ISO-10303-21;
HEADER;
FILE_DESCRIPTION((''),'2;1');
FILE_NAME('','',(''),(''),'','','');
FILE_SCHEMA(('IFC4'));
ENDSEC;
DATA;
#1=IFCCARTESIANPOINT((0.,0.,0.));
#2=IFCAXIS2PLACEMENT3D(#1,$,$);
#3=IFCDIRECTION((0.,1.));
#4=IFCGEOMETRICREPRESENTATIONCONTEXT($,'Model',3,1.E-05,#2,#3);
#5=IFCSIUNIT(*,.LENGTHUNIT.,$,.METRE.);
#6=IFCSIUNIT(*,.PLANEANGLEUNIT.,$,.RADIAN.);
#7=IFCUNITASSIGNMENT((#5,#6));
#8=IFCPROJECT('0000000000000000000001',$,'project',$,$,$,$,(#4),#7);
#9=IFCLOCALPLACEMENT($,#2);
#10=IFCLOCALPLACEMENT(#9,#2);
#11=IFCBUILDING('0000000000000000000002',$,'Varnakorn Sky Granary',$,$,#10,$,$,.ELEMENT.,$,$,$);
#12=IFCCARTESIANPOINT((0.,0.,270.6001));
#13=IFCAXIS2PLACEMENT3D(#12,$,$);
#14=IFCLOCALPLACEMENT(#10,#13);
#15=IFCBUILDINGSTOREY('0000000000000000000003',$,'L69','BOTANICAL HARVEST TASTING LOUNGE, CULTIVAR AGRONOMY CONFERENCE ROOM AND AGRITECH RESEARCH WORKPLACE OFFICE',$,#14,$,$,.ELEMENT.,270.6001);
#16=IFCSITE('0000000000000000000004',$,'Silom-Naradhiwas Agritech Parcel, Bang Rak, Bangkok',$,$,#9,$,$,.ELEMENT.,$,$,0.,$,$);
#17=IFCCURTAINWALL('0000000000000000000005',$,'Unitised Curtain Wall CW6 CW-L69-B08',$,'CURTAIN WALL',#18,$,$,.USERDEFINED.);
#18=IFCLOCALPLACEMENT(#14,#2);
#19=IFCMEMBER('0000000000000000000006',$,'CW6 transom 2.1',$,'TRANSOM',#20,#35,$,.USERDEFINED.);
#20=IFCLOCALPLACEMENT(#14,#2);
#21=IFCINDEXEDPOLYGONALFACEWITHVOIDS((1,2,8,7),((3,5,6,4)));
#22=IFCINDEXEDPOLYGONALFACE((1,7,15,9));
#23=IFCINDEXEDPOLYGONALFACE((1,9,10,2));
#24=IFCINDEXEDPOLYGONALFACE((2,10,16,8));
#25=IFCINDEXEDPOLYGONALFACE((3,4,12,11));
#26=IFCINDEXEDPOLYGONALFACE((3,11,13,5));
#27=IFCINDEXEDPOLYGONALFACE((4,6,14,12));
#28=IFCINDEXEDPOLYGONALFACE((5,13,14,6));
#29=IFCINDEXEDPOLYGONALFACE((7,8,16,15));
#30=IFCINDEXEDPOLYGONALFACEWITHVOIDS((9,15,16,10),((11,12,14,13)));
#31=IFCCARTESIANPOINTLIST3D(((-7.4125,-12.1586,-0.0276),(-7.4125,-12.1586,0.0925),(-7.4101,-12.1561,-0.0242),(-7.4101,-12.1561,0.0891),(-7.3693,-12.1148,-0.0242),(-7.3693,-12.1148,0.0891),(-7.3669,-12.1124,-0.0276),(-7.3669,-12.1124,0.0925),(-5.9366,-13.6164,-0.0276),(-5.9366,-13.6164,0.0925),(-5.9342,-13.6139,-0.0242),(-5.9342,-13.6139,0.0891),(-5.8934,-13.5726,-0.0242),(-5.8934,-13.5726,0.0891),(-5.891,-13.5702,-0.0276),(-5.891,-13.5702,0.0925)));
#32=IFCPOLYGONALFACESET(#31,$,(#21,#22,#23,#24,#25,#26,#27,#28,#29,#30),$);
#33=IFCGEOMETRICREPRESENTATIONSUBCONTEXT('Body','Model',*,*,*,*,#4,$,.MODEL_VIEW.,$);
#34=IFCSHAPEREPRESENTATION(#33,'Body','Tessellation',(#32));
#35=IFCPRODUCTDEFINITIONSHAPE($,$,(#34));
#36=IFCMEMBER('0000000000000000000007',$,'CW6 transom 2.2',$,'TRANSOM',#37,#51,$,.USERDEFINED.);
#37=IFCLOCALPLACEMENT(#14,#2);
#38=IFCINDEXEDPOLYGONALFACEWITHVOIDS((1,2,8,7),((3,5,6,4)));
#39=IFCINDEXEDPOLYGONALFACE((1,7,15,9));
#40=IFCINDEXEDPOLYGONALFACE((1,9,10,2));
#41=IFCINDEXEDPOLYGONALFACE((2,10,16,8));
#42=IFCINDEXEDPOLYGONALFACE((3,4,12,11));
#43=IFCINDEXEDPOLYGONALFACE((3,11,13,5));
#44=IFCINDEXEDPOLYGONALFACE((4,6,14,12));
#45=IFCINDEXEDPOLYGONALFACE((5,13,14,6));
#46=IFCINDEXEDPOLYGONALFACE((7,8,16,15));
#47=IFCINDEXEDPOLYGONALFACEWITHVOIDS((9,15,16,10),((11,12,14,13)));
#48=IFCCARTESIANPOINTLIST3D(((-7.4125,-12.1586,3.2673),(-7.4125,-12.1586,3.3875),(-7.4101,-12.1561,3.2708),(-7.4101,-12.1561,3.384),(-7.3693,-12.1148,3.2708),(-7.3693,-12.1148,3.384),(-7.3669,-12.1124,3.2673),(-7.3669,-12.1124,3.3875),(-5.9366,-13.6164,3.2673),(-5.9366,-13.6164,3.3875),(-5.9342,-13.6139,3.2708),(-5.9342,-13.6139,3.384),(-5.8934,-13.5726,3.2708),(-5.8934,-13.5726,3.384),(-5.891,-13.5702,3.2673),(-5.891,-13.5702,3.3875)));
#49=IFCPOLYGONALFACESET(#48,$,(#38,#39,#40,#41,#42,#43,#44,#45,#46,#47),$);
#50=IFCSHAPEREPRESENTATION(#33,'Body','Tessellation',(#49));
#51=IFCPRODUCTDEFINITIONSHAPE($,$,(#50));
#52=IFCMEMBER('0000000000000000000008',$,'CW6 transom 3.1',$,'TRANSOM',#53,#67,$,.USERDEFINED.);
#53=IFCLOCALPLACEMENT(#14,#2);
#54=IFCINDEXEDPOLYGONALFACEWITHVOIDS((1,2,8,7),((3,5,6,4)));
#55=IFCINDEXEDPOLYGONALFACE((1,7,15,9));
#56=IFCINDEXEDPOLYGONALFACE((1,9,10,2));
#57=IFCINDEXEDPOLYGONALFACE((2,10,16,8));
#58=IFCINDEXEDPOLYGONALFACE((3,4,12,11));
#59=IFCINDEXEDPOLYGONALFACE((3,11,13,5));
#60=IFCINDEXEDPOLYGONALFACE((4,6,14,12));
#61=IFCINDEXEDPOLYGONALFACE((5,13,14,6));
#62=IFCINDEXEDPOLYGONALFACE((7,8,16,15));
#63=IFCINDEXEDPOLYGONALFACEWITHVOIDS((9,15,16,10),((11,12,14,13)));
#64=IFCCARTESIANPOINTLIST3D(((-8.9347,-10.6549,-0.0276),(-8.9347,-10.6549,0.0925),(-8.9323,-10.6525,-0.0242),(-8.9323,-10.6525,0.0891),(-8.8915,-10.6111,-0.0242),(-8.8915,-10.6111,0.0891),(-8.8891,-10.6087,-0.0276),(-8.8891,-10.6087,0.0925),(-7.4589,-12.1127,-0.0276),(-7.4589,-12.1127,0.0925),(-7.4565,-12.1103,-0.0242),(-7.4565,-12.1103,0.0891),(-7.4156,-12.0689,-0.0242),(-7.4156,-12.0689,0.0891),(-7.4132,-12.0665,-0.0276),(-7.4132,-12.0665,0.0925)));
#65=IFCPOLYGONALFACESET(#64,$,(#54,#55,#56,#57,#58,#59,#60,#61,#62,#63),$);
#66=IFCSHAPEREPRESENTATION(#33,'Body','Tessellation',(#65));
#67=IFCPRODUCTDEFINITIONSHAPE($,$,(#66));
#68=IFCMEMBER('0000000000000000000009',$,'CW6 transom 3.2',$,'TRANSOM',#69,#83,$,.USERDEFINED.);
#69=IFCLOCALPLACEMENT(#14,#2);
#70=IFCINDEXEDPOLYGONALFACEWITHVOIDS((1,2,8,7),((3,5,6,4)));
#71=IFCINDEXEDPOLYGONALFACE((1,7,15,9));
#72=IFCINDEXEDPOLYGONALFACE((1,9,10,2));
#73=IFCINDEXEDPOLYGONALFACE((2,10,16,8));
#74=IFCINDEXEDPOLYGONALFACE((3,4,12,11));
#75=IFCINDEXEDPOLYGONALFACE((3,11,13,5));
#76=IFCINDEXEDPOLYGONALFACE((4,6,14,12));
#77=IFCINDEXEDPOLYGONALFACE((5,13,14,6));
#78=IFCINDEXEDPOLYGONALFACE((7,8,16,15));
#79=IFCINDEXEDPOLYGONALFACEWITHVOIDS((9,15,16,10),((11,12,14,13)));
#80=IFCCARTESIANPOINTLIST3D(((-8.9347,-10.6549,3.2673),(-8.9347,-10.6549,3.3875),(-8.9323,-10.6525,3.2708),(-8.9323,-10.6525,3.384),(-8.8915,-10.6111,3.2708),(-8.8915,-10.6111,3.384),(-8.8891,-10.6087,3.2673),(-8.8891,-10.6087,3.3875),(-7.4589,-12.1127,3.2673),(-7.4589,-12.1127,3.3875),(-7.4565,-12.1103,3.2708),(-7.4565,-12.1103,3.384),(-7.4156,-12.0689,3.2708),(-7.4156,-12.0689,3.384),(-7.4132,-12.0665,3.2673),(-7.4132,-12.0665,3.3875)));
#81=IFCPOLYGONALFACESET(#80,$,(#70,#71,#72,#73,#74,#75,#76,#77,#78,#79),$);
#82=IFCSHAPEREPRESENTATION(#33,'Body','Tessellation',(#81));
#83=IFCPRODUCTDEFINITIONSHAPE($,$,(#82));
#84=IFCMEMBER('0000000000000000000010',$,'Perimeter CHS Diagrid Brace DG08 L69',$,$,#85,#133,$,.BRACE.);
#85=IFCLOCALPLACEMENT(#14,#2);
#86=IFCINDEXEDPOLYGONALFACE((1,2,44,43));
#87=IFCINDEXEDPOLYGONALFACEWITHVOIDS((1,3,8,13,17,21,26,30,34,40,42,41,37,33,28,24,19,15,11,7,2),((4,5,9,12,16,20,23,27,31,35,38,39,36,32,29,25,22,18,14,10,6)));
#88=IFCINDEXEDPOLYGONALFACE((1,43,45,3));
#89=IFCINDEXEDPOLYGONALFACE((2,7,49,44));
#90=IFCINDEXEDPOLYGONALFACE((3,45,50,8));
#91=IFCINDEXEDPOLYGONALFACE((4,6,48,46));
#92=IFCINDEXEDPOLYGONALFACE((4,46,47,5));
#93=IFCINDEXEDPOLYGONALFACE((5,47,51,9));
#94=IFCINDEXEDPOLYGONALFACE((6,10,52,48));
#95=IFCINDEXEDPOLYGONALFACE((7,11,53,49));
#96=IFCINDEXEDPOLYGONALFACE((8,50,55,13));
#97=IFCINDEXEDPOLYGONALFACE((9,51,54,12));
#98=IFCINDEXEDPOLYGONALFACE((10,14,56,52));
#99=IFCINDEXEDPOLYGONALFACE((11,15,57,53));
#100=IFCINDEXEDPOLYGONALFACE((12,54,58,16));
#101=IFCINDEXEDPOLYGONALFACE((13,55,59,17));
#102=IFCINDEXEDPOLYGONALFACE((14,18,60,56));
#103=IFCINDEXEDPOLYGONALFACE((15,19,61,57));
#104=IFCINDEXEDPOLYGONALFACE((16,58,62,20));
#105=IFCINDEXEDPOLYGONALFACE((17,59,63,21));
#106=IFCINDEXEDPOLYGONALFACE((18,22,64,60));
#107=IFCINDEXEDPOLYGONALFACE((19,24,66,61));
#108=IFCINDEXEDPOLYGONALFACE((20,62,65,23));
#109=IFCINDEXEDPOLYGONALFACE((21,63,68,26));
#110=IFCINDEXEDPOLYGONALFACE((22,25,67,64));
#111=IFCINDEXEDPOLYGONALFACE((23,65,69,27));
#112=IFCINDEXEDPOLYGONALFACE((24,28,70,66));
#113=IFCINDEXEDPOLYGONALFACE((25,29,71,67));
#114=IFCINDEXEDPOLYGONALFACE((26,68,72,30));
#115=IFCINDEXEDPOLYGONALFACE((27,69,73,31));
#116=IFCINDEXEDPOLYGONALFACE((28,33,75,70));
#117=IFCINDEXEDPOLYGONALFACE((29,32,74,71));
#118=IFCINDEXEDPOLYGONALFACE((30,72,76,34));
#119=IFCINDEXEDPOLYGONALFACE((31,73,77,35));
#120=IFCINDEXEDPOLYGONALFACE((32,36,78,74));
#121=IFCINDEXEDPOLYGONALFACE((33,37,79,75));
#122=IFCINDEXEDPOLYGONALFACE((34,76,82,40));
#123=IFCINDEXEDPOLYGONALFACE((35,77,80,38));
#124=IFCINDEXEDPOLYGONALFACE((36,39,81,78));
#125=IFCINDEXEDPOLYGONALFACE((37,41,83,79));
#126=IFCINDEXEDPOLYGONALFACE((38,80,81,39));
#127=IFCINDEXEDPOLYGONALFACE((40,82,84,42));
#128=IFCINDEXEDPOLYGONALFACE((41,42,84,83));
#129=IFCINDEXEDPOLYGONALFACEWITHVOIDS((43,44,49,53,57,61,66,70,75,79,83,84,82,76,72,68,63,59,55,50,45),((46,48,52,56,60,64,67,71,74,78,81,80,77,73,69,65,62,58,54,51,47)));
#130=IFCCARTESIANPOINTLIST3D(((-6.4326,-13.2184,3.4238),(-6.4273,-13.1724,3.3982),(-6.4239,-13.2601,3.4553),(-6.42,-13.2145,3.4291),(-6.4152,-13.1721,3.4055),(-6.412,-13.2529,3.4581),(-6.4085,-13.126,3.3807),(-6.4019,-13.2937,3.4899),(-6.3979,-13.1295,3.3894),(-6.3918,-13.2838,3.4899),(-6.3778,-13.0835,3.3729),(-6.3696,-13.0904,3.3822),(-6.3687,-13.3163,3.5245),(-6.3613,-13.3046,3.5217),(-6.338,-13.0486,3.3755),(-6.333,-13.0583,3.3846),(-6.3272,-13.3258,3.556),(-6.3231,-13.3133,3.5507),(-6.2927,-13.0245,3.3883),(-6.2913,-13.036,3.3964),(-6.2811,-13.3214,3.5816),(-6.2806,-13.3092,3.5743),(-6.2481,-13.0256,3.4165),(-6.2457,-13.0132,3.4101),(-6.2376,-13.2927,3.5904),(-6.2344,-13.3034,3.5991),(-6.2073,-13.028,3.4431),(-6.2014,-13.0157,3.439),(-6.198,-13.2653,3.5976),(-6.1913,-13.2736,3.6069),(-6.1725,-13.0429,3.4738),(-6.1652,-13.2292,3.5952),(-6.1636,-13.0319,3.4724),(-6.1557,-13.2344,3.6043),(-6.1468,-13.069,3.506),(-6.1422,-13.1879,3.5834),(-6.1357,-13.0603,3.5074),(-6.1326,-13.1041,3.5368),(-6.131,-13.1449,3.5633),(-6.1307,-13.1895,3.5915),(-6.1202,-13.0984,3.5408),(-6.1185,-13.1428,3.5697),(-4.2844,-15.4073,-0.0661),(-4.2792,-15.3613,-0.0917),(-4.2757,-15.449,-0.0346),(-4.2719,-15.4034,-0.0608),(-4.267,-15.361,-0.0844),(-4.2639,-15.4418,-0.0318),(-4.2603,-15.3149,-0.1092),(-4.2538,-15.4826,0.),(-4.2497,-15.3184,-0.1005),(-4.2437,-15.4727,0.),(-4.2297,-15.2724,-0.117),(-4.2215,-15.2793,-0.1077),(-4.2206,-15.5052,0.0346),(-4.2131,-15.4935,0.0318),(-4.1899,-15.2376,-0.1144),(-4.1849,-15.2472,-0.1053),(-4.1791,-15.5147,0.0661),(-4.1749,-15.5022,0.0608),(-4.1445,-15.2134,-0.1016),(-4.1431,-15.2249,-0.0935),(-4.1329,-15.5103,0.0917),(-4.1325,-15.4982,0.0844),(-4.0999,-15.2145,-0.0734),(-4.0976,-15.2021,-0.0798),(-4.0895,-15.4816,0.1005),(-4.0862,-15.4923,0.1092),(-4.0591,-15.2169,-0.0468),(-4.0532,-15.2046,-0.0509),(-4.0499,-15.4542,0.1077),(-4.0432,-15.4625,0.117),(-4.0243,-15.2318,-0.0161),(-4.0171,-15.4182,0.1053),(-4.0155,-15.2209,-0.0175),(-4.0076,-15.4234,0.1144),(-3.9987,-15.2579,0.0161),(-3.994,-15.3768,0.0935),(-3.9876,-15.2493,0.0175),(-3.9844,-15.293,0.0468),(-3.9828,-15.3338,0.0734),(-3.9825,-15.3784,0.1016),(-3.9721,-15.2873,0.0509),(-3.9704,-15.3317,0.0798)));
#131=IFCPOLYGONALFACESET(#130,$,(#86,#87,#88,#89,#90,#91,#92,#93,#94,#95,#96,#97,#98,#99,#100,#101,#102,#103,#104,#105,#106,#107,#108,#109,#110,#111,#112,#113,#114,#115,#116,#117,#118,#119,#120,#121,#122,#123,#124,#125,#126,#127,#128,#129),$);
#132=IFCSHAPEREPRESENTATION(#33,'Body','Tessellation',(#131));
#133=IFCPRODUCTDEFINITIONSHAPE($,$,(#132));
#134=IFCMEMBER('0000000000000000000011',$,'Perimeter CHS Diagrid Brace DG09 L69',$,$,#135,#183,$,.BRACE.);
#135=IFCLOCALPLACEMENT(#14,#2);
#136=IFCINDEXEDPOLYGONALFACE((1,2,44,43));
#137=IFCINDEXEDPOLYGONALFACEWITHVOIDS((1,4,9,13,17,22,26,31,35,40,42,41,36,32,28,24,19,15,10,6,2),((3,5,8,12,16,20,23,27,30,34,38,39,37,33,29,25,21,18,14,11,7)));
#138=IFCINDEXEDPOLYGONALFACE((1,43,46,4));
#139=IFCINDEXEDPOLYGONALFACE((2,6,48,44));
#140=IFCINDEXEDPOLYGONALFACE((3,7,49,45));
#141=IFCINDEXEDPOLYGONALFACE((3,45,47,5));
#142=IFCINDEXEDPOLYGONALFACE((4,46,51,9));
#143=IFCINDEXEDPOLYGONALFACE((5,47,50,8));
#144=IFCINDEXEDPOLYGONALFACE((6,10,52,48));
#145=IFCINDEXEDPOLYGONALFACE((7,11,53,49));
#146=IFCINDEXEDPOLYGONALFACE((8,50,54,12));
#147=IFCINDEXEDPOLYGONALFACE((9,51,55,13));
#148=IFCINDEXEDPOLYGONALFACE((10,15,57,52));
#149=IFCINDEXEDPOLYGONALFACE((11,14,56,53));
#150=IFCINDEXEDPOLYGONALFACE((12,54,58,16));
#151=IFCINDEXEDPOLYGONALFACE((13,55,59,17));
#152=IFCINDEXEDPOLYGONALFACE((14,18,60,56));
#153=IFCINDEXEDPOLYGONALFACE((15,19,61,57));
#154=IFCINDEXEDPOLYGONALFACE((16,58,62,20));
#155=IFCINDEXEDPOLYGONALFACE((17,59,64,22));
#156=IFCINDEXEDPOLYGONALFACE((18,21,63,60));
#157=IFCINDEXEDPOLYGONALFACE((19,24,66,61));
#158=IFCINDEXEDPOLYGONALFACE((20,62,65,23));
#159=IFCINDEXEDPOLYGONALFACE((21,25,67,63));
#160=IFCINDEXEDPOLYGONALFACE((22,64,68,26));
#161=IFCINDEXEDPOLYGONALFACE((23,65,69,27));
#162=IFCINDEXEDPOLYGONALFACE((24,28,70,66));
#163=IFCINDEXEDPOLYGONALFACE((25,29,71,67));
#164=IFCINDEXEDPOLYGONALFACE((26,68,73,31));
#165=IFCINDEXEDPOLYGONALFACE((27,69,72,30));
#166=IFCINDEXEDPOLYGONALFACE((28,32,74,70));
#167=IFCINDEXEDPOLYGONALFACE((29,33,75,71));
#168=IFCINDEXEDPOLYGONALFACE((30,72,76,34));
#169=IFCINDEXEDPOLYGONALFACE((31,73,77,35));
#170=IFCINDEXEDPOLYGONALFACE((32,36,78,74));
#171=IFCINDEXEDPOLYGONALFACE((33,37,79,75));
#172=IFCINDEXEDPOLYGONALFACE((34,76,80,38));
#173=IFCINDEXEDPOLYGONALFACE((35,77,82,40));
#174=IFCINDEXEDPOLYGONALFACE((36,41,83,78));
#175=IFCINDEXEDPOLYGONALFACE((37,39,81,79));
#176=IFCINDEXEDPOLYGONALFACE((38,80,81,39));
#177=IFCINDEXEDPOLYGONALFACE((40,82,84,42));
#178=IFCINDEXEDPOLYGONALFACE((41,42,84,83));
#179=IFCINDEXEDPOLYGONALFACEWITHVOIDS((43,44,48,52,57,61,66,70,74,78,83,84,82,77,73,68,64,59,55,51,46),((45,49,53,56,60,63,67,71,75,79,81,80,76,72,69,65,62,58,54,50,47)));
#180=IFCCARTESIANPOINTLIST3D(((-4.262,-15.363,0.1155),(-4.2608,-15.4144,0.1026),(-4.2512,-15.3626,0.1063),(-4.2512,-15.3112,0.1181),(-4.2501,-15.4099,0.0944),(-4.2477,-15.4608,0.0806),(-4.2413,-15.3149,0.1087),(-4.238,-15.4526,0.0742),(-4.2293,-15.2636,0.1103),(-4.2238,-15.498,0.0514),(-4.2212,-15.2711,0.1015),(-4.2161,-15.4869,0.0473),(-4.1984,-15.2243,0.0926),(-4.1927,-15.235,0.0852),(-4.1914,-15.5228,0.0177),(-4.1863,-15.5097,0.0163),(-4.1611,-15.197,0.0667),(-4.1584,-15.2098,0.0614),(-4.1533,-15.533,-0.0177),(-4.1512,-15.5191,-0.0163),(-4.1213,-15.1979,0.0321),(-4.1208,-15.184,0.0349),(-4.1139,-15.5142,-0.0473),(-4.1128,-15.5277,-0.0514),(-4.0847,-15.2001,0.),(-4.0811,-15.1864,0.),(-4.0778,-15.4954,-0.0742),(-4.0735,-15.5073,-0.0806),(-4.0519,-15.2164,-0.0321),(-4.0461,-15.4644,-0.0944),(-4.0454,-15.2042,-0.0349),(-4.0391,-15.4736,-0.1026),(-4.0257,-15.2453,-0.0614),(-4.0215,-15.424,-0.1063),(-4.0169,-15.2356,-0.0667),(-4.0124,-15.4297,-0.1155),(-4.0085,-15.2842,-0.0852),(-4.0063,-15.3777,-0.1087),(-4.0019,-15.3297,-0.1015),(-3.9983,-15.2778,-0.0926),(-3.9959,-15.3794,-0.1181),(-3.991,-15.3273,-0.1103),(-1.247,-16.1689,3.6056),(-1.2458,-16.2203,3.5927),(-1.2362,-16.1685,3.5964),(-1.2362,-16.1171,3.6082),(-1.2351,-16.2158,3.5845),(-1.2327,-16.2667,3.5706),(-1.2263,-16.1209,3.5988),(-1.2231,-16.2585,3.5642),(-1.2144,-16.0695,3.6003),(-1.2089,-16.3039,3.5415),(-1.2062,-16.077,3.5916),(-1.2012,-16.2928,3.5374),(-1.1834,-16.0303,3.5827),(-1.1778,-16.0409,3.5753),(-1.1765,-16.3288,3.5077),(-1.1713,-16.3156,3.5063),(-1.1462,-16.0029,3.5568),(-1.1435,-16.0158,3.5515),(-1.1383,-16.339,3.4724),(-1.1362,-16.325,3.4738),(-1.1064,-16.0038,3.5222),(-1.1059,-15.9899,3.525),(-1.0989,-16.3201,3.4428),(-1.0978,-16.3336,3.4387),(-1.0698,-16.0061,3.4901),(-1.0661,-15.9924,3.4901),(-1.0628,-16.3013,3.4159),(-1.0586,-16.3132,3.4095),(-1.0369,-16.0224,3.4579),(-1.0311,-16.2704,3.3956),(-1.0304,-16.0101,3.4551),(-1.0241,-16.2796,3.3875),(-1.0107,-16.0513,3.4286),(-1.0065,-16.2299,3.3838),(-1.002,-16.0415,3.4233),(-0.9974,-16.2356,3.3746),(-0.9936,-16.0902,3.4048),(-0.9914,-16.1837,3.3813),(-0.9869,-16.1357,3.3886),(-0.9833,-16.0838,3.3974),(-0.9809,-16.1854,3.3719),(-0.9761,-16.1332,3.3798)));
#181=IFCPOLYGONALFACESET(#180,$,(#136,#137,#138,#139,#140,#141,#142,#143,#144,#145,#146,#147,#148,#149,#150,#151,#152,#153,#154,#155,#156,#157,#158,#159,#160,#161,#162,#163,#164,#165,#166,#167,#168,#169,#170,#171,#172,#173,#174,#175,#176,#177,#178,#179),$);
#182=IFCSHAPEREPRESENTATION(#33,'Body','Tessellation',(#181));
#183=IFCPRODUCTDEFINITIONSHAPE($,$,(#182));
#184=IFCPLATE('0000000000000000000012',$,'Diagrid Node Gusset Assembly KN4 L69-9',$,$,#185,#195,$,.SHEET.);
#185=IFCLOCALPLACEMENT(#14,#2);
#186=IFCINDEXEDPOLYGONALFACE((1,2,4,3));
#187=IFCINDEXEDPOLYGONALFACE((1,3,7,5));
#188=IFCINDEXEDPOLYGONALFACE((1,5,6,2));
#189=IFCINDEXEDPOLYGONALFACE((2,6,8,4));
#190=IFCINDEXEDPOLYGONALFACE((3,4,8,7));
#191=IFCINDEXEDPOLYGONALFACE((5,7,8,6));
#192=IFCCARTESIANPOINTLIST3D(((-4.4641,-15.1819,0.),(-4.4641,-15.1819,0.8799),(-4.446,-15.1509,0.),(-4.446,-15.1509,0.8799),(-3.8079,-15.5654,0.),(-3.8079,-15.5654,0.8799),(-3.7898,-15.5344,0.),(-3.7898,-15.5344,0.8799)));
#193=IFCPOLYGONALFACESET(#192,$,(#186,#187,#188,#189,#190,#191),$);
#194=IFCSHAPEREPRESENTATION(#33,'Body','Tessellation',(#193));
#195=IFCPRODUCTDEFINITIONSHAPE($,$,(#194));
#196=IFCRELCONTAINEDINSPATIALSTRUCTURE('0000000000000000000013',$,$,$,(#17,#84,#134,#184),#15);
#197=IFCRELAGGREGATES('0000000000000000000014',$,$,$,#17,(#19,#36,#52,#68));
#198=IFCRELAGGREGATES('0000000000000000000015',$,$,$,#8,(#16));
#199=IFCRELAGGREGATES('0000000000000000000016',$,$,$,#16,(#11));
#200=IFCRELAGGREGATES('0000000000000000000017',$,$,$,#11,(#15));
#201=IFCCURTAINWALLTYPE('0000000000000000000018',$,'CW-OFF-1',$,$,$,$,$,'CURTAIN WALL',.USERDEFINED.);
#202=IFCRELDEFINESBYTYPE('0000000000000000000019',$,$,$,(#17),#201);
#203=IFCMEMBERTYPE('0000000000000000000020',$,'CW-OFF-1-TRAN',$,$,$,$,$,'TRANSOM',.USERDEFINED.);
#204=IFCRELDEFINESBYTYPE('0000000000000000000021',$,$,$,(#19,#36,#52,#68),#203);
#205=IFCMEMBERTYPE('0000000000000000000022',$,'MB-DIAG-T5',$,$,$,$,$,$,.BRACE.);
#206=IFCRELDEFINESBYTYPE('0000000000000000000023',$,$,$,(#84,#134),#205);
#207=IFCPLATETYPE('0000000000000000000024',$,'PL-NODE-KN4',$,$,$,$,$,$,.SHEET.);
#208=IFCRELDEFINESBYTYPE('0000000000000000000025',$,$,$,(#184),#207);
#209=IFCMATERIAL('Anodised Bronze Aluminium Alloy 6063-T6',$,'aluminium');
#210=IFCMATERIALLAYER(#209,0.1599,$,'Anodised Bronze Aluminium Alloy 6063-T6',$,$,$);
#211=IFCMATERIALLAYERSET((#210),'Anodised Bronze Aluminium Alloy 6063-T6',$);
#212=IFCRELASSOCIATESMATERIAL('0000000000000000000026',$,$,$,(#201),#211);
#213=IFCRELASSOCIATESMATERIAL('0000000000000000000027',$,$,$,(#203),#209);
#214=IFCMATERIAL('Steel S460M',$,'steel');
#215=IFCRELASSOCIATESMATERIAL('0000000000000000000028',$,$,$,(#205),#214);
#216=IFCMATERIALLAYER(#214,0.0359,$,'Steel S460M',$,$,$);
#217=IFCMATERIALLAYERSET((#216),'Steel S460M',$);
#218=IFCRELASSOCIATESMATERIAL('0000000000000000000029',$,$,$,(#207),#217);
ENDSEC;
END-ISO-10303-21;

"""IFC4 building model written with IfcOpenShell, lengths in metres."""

from ifc_helpers import new_model, si_unit, direction, frame, origin, origin_2d, place, context, subcontext, project, spatial, rectangle, hollow_rectangle, hollow_circle, extrude, material, layer, layer_set, material_profile, profile_set, type_object, element, aggregate, save


model = new_model("IFC4")

# Units and contexts
model_context = context("Model", 3, precision=1e-05, world=origin(), true_north=direction((0.0, 1.0)))
body_context = subcontext(model_context, "Body", "Model", "MODEL_VIEW")
ifc_project = project(units=[si_unit("LENGTHUNIT", "METRE"), si_unit("PLANEANGLEUNIT", "RADIAN")], contexts=[model_context])

# Site, building, storey
site_placement = place(None, origin())
site = spatial("IfcSite", under=ifc_project, at=site_placement, Name="Silom-Naradhiwas Agritech Parcel, Bang Rak, Bangkok", CompositionType="ELEMENT", RefElevation=0.0)
building_placement = place(site_placement, origin())
building = spatial("IfcBuilding", under=site, at=building_placement, Name="Varnakorn Sky Granary", CompositionType="ELEMENT")
storey_placement = place(building_placement, frame((0.0, 0.0, 270.6001)))
storey = spatial("IfcBuildingStorey", under=building, at=storey_placement, Name="L69", Description="BOTANICAL HARVEST TASTING LOUNGE, CULTIVAR AGRONOMY CONFERENCE ROOM AND AGRITECH RESEARCH WORKPLACE OFFICE", CompositionType="ELEMENT", Elevation=270.6001)

# Shared definitions
ifc_material_1 = material(Name="Steel S460M", Category="steel")

# Curtain wall, members
ifc_material_2 = material(Name="Anodised Bronze Aluminium Alloy 6063-T6", Category="aluminium")
ifc_layer_1 = layer(ifc_material_2, 0.1599, Name="Anodised Bronze Aluminium Alloy 6063-T6")
ifc_layer_set_1 = layer_set([ifc_layer_1], Name="Anodised Bronze Aluminium Alloy 6063-T6")
curtain_wall_type = type_object("IfcCurtainWallType", Name="CW-OFF-1", ElementType="CURTAIN WALL", PredefinedType="USERDEFINED", material=ifc_layer_set_1)
curtain_wall_placement = place(storey_placement, origin())
curtain_wall = element("IfcCurtainWall", 1, at=curtain_wall_placement, inside=storey, type_object=curtain_wall_type, Name="Unitised Curtain Wall CW6 CW-L69-B08", ObjectType="CURTAIN WALL", PredefinedType="USERDEFINED")
ifc_material_profile_1 = material_profile(ifc_material_2, hollow_rectangle(XDim=0.0649, YDim=0.1201, WallThickness=0.0034, at=origin_2d()), Name="ALU TRAN 65x120")
ifc_profile_set_1 = profile_set([ifc_material_profile_1], Name="Anodised Bronze Aluminium Alloy 6063-T6")
member_type_1 = type_object("IfcMemberType", Name="CW-OFF-1-TRAN", ElementType="TRANSOM", PredefinedType="USERDEFINED", material=ifc_profile_set_1)
member_1_placement = place(storey_placement, frame((-5.9138, -13.5933, 0.0325), z_axis=(-0.711448, 0.702739, 0.0), x_axis=(-0.702739, -0.711448, 0.0)))
member_1 = element("IfcMember", 2, at=member_1_placement, type_object=member_type_1, Name="CW6 transom 2.1", ObjectType="TRANSOM", PredefinedType="USERDEFINED", context=body_context, shape_type="SweptSolid", body=[
    extrude(hollow_rectangle(XDim=0.0649, YDim=0.1201, WallThickness=0.0034, at=origin_2d()), origin(), (0.0, 0.0, 1.0), 2.0745),
])
member_2_placement = place(storey_placement, frame((-5.9138, -13.5933, 3.3274), z_axis=(-0.711448, 0.702739, 0.0), x_axis=(-0.702739, -0.711448, 0.0)))
member_2 = element("IfcMember", 3, at=member_2_placement, type_object=member_type_1, Name="CW6 transom 2.2", ObjectType="TRANSOM", PredefinedType="USERDEFINED", context=body_context, shape_type="SweptSolid", body=[
    extrude(hollow_rectangle(XDim=0.0649, YDim=0.1201, WallThickness=0.0034, at=origin_2d()), origin(), (0.0, 0.0, 1.0), 2.0745),
])
member_3_placement = place(storey_placement, frame((-7.436, -12.0896, 0.0325), z_axis=(-0.711448, 0.702739, 0.0), x_axis=(-0.702739, -0.711448, 0.0)))
member_3 = element("IfcMember", 4, at=member_3_placement, type_object=member_type_1, Name="CW6 transom 3.1", ObjectType="TRANSOM", PredefinedType="USERDEFINED", context=body_context, shape_type="SweptSolid", body=[
    extrude(hollow_rectangle(XDim=0.0649, YDim=0.1201, WallThickness=0.0034, at=origin_2d()), origin(), (0.0, 0.0, 1.0), 2.0745),
])
member_4_placement = place(storey_placement, frame((-7.436, -12.0896, 3.3274), z_axis=(-0.711448, 0.702739, 0.0), x_axis=(-0.702739, -0.711448, 0.0)))
member_4 = element("IfcMember", 5, at=member_4_placement, type_object=member_type_1, Name="CW6 transom 3.2", ObjectType="TRANSOM", PredefinedType="USERDEFINED", context=body_context, shape_type="SweptSolid", body=[
    extrude(hollow_rectangle(XDim=0.0649, YDim=0.1201, WallThickness=0.0034, at=origin_2d()), origin(), (0.0, 0.0, 1.0), 2.0745),
])

# Members
ifc_material_profile_2 = material_profile(ifc_material_1, hollow_circle(Radius=0.1777, WallThickness=0.0142, at=origin_2d()), Name="CHS 355.6x14")
ifc_profile_set_2 = profile_set([ifc_material_profile_2], Name="Steel S460M")
member_type_2 = type_object("IfcMemberType", Name="MB-DIAG-T5", PredefinedType="BRACE", material=ifc_profile_set_2)
member_5_placement = place(storey_placement, frame((-4.127, -15.3582, 0.0), z_axis=(-0.462364, 0.471139, 0.751164), x_axis=(-0.713722, -0.700429, 0.0)))
element("IfcMember", 6, at=member_5_placement, inside=storey, type_object=member_type_2, Name="Perimeter CHS Diagrid Brace DG08 L69", PredefinedType="BRACE", context=body_context, shape_type="SweptSolid", body=[
    extrude(hollow_circle(Radius=0.1777, WallThickness=0.0142, at=origin_2d()), origin(), (0.0, 0.0, 1.0), 4.646),
])
member_6_placement = place(storey_placement, frame((-4.127, -15.3582, 0.0), z_axis=(0.643962, -0.172137, 0.74544), x_axis=(0.258242, 0.96608, 0.0)))
element("IfcMember", 7, at=member_6_placement, inside=storey, type_object=member_type_2, Name="Perimeter CHS Diagrid Brace DG09 L69", PredefinedType="BRACE", context=body_context, shape_type="SweptSolid", body=[
    extrude(hollow_circle(Radius=0.1777, WallThickness=0.0142, at=origin_2d()), origin(), (0.0, 0.0, 1.0), 4.6819),
])

# Plate
ifc_layer_2 = layer(ifc_material_1, 0.0359, Name="Steel S460M")
ifc_layer_set_2 = layer_set([ifc_layer_2], Name="Steel S460M")
plate_type_1 = type_object("IfcPlateType", Name="PL-NODE-KN4", PredefinedType="SHEET", material=ifc_layer_set_2)
plate_1_placement = place(storey_placement, frame((-4.127, -15.3582, 0.0), z_axis=(0.0, 0.0, 1.0), x_axis=(0.863336, -0.50463, 0.0)))
element("IfcPlate", 8, at=plate_1_placement, inside=storey, type_object=plate_type_1, Name="Diagrid Node Gusset Assembly KN4 L69-9", PredefinedType="SHEET", context=body_context, shape_type="SweptSolid", body=[
    extrude(rectangle(XDim=0.76, YDim=0.0359, at=origin_2d()), origin(), (0.0, 0.0, 1.0), 0.8799),
])
aggregate(curtain_wall, [member_1, member_2, member_3, member_4])

save(model, "model.ifc")
